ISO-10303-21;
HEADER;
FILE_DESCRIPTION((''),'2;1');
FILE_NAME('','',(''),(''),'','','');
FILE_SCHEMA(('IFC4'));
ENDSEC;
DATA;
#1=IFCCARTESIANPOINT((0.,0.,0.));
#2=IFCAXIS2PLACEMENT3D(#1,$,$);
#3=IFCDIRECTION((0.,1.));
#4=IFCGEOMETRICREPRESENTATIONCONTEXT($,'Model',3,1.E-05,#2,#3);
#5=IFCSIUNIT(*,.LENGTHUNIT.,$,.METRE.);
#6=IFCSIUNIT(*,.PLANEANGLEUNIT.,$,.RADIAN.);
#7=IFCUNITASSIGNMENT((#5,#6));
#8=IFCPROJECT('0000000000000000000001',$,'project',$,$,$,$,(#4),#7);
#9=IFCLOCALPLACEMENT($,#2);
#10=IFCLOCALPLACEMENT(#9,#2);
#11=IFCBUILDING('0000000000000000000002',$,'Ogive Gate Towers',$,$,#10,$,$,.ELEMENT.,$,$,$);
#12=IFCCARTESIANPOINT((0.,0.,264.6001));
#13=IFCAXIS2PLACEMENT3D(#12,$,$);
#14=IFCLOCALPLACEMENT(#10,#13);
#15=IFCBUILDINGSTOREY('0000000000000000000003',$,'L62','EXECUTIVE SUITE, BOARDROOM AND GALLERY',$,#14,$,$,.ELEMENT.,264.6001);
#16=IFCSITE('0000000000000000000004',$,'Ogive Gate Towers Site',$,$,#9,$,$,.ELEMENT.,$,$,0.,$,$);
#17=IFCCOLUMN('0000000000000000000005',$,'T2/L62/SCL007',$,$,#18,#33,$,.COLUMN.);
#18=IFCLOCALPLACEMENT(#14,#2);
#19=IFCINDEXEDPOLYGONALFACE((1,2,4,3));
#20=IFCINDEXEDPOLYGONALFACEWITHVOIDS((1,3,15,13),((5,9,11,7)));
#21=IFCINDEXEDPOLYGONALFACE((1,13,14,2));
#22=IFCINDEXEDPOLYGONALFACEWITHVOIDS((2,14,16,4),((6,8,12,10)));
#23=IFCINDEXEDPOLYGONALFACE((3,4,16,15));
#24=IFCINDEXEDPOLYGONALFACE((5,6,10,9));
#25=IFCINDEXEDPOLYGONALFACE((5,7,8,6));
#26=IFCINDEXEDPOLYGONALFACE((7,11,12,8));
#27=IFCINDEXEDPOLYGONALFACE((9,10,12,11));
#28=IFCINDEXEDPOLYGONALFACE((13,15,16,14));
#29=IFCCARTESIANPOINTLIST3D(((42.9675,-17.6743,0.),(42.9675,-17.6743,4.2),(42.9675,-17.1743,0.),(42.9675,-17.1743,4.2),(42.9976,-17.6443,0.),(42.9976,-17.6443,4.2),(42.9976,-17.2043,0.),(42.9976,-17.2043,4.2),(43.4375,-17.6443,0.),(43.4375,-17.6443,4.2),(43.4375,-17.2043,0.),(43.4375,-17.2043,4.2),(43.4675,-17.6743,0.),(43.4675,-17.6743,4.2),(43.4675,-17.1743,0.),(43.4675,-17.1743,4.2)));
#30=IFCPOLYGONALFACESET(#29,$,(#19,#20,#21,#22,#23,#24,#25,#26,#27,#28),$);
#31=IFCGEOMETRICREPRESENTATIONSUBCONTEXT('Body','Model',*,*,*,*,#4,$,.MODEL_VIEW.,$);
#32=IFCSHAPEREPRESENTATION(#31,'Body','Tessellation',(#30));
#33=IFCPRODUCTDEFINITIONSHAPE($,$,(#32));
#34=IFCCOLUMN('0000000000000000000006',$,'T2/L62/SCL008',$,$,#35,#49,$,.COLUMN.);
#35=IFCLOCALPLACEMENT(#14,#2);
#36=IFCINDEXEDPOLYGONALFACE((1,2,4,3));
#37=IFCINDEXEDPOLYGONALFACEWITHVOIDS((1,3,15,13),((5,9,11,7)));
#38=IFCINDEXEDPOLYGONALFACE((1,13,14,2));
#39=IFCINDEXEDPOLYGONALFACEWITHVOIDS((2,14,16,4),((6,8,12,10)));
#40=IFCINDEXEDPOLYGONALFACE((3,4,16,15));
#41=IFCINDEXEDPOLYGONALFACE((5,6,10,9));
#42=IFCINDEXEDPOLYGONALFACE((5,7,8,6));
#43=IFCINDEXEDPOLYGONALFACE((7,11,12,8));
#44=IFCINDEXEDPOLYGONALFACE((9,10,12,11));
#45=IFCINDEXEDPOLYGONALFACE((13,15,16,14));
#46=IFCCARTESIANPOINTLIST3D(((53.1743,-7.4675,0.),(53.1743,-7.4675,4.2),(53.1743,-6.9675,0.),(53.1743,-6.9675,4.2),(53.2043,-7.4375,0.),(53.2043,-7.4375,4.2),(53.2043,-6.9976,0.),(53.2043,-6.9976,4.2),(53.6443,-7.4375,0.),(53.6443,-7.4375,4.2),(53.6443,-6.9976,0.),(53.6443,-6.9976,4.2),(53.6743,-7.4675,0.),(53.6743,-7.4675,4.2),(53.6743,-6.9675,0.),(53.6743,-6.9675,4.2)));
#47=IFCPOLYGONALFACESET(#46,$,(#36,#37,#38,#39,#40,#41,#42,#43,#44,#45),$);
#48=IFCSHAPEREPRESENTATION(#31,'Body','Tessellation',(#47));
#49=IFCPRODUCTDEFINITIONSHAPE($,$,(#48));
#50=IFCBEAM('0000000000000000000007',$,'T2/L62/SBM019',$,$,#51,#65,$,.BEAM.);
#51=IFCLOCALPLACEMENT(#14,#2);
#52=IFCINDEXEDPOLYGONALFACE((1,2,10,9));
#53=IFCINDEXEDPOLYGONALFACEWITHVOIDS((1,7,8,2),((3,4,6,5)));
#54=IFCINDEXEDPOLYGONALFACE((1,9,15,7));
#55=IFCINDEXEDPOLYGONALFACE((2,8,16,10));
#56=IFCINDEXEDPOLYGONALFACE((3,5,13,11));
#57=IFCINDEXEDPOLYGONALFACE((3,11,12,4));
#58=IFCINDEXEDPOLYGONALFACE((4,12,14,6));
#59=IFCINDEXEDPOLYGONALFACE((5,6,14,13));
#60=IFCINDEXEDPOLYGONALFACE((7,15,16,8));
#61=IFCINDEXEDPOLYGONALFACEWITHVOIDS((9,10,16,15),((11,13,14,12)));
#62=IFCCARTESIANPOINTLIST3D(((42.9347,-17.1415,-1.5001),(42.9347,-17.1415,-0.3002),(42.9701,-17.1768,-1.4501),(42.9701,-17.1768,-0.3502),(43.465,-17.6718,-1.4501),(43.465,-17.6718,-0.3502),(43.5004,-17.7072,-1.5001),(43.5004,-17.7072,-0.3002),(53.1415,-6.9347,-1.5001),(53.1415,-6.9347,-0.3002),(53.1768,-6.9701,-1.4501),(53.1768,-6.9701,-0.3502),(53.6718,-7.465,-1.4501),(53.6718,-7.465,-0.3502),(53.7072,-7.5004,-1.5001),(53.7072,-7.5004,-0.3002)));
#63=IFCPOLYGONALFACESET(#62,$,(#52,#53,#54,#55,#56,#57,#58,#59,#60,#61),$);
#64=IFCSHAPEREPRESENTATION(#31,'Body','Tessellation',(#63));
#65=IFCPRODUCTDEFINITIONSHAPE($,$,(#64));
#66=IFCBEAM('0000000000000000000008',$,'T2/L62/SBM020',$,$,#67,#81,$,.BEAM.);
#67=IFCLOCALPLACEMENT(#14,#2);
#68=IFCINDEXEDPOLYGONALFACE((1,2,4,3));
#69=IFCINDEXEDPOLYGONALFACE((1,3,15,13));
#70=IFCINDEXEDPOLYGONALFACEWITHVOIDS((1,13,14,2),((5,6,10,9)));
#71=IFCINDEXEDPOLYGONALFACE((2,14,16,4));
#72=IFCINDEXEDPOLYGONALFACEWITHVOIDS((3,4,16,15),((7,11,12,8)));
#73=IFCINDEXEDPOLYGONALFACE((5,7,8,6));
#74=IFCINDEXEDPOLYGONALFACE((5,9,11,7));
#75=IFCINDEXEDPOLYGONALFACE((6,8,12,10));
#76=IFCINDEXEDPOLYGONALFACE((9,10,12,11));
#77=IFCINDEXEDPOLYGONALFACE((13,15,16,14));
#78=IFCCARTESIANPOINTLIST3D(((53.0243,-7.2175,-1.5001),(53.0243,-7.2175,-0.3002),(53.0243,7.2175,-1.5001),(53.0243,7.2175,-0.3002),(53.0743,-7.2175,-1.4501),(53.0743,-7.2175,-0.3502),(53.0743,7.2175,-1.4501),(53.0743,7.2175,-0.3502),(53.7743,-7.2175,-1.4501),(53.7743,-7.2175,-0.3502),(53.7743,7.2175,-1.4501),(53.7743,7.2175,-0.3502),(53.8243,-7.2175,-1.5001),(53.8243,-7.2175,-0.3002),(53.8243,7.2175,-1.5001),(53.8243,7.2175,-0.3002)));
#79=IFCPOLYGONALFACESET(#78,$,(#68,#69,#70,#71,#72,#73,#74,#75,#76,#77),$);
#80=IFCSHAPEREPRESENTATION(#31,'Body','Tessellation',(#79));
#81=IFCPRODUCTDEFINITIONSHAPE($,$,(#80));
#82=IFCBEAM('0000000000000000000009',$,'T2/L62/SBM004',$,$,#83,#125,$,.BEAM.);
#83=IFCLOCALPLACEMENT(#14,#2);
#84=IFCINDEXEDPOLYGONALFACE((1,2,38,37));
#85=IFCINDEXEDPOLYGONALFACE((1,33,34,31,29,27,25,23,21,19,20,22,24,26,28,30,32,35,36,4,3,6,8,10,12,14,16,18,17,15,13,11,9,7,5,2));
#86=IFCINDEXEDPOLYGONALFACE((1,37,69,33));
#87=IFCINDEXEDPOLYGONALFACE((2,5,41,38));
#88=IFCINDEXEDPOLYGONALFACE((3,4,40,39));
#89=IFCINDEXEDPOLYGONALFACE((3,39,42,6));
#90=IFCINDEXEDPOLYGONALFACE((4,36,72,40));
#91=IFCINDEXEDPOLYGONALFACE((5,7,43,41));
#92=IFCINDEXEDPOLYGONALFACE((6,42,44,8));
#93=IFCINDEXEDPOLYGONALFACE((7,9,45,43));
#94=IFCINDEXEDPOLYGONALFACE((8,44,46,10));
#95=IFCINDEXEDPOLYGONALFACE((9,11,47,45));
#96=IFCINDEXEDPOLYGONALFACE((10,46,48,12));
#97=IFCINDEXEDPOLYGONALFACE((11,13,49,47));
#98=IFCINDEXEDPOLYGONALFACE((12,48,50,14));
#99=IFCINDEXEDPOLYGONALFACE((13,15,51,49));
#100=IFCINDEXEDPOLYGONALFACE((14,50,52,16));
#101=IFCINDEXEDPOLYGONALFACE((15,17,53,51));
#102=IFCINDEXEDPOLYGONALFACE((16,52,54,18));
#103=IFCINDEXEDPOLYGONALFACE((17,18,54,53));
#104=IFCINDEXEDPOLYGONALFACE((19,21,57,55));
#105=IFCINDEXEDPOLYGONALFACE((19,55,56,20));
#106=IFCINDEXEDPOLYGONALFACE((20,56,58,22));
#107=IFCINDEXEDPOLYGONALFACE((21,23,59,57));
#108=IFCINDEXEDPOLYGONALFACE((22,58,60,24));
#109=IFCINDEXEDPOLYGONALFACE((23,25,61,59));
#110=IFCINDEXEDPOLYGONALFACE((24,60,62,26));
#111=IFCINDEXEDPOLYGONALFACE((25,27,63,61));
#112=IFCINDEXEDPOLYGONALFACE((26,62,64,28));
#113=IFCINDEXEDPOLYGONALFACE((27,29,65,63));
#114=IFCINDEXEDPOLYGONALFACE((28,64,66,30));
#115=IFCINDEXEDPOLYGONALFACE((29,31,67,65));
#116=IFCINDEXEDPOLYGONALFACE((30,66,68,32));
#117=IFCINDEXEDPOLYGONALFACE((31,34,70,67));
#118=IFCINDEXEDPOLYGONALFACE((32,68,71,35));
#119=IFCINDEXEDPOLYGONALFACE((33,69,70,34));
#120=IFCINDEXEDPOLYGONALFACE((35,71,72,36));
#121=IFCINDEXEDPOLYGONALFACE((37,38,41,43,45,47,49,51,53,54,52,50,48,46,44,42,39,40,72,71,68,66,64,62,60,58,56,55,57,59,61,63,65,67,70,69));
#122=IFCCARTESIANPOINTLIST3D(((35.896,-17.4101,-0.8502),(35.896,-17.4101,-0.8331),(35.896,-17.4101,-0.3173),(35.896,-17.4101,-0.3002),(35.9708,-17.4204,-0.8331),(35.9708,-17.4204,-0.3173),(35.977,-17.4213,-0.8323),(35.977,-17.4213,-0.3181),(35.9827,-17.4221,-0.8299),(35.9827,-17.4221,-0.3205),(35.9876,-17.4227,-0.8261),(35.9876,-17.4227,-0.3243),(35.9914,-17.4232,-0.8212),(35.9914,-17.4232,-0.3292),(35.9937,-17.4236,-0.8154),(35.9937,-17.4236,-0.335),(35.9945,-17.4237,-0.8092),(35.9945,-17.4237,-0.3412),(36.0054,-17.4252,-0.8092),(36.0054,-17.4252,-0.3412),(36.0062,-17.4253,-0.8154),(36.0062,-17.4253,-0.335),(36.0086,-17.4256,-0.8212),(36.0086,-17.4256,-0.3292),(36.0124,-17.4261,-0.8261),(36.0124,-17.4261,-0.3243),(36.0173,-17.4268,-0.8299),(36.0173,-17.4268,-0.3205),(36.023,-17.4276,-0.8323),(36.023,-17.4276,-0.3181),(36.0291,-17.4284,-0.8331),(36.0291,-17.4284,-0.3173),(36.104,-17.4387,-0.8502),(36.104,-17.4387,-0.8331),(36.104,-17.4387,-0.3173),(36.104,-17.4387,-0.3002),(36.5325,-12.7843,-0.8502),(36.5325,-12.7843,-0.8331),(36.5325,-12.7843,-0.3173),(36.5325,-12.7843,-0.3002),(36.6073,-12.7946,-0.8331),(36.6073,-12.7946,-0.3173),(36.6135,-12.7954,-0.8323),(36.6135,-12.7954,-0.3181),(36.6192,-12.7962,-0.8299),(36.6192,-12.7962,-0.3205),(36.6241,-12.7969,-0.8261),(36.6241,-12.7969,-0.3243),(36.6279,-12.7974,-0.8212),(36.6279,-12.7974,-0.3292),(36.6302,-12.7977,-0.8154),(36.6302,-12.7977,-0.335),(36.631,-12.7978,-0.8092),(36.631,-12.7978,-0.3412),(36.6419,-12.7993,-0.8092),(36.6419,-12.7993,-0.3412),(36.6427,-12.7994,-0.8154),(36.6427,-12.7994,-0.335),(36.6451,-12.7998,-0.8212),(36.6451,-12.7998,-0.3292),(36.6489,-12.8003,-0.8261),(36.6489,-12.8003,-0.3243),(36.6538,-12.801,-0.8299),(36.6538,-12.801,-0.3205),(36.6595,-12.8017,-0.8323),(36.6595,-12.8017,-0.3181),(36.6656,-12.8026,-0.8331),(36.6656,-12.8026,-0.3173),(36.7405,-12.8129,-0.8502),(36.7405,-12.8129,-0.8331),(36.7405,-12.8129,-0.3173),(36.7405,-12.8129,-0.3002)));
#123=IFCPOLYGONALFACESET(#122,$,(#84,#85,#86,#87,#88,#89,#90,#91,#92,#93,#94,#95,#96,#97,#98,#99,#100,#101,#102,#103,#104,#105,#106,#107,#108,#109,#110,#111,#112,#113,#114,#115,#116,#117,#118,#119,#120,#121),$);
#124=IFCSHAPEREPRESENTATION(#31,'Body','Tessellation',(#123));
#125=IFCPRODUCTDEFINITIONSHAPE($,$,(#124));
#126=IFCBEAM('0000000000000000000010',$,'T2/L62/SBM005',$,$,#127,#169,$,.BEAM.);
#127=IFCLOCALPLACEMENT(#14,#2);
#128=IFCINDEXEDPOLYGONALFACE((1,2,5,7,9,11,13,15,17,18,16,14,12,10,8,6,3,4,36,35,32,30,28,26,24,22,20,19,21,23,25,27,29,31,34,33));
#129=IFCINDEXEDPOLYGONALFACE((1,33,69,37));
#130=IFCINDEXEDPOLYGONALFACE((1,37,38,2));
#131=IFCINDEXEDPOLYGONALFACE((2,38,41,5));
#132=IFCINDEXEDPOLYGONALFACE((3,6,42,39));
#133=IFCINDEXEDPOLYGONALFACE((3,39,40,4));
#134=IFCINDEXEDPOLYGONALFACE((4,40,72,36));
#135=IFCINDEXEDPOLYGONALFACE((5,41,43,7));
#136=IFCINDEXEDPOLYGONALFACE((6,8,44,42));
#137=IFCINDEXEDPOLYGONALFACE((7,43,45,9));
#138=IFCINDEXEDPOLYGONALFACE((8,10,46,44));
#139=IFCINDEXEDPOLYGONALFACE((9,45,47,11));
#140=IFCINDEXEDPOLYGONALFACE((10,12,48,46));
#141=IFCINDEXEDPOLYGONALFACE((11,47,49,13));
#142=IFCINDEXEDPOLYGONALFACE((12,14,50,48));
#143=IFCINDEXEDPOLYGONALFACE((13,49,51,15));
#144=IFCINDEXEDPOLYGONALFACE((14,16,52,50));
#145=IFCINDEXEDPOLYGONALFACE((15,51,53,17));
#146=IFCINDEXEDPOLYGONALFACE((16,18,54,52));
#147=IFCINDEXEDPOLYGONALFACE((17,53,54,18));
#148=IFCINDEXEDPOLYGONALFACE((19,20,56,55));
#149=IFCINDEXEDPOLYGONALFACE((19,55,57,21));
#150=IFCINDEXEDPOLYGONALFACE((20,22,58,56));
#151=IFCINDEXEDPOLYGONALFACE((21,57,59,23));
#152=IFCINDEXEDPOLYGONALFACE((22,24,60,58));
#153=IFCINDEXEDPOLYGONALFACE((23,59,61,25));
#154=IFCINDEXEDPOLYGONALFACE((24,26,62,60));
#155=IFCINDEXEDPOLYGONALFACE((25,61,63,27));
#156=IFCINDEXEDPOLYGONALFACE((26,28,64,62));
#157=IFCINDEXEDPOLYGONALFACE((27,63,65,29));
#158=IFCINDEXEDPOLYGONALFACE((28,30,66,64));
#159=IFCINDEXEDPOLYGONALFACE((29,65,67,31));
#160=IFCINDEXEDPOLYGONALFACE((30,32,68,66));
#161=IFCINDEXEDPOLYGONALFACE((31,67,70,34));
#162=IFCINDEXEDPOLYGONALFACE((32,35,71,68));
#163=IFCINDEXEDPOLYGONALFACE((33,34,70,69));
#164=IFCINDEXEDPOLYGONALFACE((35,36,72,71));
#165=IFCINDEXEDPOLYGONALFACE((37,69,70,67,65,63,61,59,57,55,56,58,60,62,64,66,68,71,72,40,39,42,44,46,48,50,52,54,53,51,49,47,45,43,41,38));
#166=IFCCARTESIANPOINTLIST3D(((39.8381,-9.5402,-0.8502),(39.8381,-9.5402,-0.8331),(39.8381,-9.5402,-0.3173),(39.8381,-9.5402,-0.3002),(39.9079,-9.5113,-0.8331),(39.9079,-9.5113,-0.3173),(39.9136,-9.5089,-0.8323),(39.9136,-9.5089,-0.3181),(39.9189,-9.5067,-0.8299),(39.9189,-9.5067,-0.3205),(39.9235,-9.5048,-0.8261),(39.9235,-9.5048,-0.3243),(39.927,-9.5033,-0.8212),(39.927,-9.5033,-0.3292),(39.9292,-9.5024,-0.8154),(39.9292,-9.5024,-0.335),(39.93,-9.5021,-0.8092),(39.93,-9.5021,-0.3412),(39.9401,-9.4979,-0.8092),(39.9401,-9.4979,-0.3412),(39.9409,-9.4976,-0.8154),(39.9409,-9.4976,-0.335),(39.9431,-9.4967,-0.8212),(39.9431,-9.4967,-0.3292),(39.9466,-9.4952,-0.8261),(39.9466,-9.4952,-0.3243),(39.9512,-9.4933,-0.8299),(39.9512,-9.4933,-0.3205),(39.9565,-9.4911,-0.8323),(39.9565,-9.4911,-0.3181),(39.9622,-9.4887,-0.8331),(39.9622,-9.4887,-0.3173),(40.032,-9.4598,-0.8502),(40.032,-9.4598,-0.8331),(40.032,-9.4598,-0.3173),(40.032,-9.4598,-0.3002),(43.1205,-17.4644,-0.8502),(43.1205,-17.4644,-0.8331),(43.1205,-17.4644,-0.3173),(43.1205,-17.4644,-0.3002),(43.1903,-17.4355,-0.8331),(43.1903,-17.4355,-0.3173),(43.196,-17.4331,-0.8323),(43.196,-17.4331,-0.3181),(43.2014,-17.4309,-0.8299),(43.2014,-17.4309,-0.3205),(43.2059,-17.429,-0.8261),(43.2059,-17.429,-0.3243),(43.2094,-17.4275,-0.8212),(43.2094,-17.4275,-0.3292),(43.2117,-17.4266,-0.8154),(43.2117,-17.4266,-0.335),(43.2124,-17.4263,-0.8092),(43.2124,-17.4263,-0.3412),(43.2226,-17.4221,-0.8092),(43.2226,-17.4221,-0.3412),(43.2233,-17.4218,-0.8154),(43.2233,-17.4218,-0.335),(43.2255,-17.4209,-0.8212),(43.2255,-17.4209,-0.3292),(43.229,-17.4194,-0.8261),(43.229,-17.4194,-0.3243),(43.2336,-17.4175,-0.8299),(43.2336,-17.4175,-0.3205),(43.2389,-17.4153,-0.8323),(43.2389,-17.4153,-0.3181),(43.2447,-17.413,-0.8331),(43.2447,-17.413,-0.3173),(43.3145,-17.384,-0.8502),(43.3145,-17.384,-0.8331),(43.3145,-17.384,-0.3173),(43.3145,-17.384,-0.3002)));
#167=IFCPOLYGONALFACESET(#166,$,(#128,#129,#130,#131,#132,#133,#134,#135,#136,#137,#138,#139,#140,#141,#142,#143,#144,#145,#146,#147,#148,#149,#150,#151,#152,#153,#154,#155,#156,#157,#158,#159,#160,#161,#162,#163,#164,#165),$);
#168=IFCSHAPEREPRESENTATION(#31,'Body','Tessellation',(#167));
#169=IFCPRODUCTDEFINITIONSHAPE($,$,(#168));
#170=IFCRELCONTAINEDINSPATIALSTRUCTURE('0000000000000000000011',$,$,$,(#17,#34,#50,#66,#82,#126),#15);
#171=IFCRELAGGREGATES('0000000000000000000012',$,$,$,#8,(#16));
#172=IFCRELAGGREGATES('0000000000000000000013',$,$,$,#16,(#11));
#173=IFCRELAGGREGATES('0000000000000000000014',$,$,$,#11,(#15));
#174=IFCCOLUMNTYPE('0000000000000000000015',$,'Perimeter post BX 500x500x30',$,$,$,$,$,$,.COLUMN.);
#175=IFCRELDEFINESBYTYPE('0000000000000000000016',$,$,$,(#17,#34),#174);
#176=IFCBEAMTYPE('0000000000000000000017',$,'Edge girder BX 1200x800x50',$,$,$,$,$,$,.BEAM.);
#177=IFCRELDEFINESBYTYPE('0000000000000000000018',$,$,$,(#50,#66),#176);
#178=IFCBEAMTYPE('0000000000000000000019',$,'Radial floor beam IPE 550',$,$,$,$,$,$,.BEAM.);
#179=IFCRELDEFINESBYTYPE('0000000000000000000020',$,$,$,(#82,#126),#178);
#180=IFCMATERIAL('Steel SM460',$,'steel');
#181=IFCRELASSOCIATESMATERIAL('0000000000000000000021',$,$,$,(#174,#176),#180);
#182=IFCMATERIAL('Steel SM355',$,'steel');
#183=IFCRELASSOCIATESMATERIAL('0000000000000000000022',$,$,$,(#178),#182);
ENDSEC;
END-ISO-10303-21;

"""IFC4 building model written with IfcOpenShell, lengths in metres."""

from ifc_helpers import new_model, si_unit, direction, frame, origin, origin_2d, place, context, subcontext, project, spatial, hollow_rectangle, i_section, extrude, material, material_profile, profile_set, type_object, element, save


model = new_model("IFC4")

# Units and contexts
model_context = context("Model", 3, precision=1e-05, world=origin(), true_north=direction((0.0, 1.0)))
body_context = subcontext(model_context, "Body", "Model", "MODEL_VIEW")
ifc_project = project(units=[si_unit("LENGTHUNIT", "METRE"), si_unit("PLANEANGLEUNIT", "RADIAN")], contexts=[model_context])

# Site, building, storey
site_placement = place(None, origin())
site = spatial("IfcSite", under=ifc_project, at=site_placement, Name="Ogive Gate Towers Site", CompositionType="ELEMENT", RefElevation=0.0)
building_placement = place(site_placement, origin())
building = spatial("IfcBuilding", under=site, at=building_placement, Name="Ogive Gate Towers", CompositionType="ELEMENT")
storey_placement = place(building_placement, frame((0.0, 0.0, 264.6001)))
storey = spatial("IfcBuildingStorey", under=building, at=storey_placement, Name="L62", Description="EXECUTIVE SUITE, BOARDROOM AND GALLERY", CompositionType="ELEMENT", Elevation=264.6001)

# Columns
ifc_material_1 = material(Name="Steel SM460", Category="steel")
ifc_material_profile_1 = material_profile(ifc_material_1, hollow_rectangle(XDim=0.5, YDim=0.5, WallThickness=0.03, at=origin_2d()), Name="BX 500x500x30")
ifc_profile_set_1 = profile_set([ifc_material_profile_1], Name="Steel SM460")
column_type = type_object("IfcColumnType", Name="Perimeter post BX 500x500x30", PredefinedType="COLUMN", material=ifc_profile_set_1)
for number, where, z_axis, x_axis, name in (
    (1, (43.2175, -17.4243, 0.0), (0.0, 0.0, 1.0), (1.0, 0.0, 0.0), "T2/L62/SCL007"),
    (2, (53.4243, -7.2175, 0.0), (0.0, 0.0, 1.0), (1.0, 0.0, 0.0), "T2/L62/SCL008"),
):
    element("IfcColumn", number, at=place(storey_placement, frame(where, z_axis=z_axis, x_axis=x_axis)), inside=storey, type_object=column_type, Name=name, PredefinedType="COLUMN", context=body_context, shape_type="SweptSolid", body=[
        extrude(hollow_rectangle(XDim=0.5, YDim=0.5, WallThickness=0.03, at=origin_2d()), origin(), (0.0, 0.0, 1.0), 4.2),
    ])

# Beams
ifc_material_profile_2 = material_profile(ifc_material_1, hollow_rectangle(XDim=0.8, YDim=1.2, WallThickness=0.05, at=origin_2d()), Name="BX 1200x800x50")
ifc_profile_set_2 = profile_set([ifc_material_profile_2], Name="Steel SM460")
beam_type_1 = type_object("IfcBeamType", Name="Edge girder BX 1200x800x50", PredefinedType="BEAM", material=ifc_profile_set_2)
beam_1_placement = place(storey_placement, frame((43.2175, -17.4243, -0.9001), z_axis=(0.707107, 0.707107, 0.0), x_axis=(-0.707107, 0.707107, 0.0)))
element("IfcBeam", 3, at=beam_1_placement, inside=storey, type_object=beam_type_1, Name="T2/L62/SBM019", PredefinedType="BEAM", context=body_context, shape_type="SweptSolid", body=[
    extrude(hollow_rectangle(XDim=0.8, YDim=1.2, WallThickness=0.05, at=origin_2d()), origin(), (0.0, 0.0, 1.0), 14.4346),
])
beam_2_placement = place(storey_placement, frame((53.4243, -7.2175, -0.9001), z_axis=(0.0, 1.0, 0.0), x_axis=(-1.0, 0.0, 0.0)))
element("IfcBeam", 4, at=beam_2_placement, inside=storey, type_object=beam_type_1, Name="T2/L62/SBM020", PredefinedType="BEAM", context=body_context, shape_type="SweptSolid", body=[
    extrude(hollow_rectangle(XDim=0.8, YDim=1.2, WallThickness=0.05, at=origin_2d()), origin(), (0.0, 0.0, 1.0), 14.4351),
])
ifc_material_2 = material(Name="Steel SM355", Category="steel")
ifc_material_profile_3 = material_profile(ifc_material_2, i_section(OverallWidth=0.21, OverallDepth=0.55, WebThickness=0.011, FlangeThickness=0.0171, FilletRadius=0.0239, at=origin_2d()), Name="IPE 550")
ifc_profile_set_3 = profile_set([ifc_material_profile_3], Name="Steel SM355")
beam_type_2 = type_object("IfcBeamType", Name="Radial floor beam IPE 550", PredefinedType="BEAM", material=ifc_profile_set_3)
beam_3_placement = place(storey_placement, frame((36.6365, -12.7986, -0.5752), z_axis=(-0.13631, -0.990666, 0.0), x_axis=(0.990666, -0.13631, 0.0)))
element("IfcBeam", 5, at=beam_3_placement, inside=storey, type_object=beam_type_2, Name="T2/L62/SBM004", PredefinedType="BEAM", context=body_context, shape_type="SweptSolid", body=[
    extrude(i_section(OverallWidth=0.21, OverallDepth=0.55, WebThickness=0.011, FlangeThickness=0.0171, FilletRadius=0.0239, at=origin_2d()), origin(), (0.0, 0.0, 1.0), 4.6694),
])
beam_4_placement = place(storey_placement, frame((39.9351, -9.5, -0.5752), z_axis=(0.382695, -0.923875, 0.0), x_axis=(0.923875, 0.382695, 0.0)))
element("IfcBeam", 6, at=beam_4_placement, inside=storey, type_object=beam_type_2, Name="T2/L62/SBM005", PredefinedType="BEAM", context=body_context, shape_type="SweptSolid", body=[
    extrude(i_section(OverallWidth=0.21, OverallDepth=0.55, WebThickness=0.011, FlangeThickness=0.0171, FilletRadius=0.0239, at=origin_2d()), origin(), (0.0, 0.0, 1.0), 8.5771),
])

save(model, "model.ifc")
